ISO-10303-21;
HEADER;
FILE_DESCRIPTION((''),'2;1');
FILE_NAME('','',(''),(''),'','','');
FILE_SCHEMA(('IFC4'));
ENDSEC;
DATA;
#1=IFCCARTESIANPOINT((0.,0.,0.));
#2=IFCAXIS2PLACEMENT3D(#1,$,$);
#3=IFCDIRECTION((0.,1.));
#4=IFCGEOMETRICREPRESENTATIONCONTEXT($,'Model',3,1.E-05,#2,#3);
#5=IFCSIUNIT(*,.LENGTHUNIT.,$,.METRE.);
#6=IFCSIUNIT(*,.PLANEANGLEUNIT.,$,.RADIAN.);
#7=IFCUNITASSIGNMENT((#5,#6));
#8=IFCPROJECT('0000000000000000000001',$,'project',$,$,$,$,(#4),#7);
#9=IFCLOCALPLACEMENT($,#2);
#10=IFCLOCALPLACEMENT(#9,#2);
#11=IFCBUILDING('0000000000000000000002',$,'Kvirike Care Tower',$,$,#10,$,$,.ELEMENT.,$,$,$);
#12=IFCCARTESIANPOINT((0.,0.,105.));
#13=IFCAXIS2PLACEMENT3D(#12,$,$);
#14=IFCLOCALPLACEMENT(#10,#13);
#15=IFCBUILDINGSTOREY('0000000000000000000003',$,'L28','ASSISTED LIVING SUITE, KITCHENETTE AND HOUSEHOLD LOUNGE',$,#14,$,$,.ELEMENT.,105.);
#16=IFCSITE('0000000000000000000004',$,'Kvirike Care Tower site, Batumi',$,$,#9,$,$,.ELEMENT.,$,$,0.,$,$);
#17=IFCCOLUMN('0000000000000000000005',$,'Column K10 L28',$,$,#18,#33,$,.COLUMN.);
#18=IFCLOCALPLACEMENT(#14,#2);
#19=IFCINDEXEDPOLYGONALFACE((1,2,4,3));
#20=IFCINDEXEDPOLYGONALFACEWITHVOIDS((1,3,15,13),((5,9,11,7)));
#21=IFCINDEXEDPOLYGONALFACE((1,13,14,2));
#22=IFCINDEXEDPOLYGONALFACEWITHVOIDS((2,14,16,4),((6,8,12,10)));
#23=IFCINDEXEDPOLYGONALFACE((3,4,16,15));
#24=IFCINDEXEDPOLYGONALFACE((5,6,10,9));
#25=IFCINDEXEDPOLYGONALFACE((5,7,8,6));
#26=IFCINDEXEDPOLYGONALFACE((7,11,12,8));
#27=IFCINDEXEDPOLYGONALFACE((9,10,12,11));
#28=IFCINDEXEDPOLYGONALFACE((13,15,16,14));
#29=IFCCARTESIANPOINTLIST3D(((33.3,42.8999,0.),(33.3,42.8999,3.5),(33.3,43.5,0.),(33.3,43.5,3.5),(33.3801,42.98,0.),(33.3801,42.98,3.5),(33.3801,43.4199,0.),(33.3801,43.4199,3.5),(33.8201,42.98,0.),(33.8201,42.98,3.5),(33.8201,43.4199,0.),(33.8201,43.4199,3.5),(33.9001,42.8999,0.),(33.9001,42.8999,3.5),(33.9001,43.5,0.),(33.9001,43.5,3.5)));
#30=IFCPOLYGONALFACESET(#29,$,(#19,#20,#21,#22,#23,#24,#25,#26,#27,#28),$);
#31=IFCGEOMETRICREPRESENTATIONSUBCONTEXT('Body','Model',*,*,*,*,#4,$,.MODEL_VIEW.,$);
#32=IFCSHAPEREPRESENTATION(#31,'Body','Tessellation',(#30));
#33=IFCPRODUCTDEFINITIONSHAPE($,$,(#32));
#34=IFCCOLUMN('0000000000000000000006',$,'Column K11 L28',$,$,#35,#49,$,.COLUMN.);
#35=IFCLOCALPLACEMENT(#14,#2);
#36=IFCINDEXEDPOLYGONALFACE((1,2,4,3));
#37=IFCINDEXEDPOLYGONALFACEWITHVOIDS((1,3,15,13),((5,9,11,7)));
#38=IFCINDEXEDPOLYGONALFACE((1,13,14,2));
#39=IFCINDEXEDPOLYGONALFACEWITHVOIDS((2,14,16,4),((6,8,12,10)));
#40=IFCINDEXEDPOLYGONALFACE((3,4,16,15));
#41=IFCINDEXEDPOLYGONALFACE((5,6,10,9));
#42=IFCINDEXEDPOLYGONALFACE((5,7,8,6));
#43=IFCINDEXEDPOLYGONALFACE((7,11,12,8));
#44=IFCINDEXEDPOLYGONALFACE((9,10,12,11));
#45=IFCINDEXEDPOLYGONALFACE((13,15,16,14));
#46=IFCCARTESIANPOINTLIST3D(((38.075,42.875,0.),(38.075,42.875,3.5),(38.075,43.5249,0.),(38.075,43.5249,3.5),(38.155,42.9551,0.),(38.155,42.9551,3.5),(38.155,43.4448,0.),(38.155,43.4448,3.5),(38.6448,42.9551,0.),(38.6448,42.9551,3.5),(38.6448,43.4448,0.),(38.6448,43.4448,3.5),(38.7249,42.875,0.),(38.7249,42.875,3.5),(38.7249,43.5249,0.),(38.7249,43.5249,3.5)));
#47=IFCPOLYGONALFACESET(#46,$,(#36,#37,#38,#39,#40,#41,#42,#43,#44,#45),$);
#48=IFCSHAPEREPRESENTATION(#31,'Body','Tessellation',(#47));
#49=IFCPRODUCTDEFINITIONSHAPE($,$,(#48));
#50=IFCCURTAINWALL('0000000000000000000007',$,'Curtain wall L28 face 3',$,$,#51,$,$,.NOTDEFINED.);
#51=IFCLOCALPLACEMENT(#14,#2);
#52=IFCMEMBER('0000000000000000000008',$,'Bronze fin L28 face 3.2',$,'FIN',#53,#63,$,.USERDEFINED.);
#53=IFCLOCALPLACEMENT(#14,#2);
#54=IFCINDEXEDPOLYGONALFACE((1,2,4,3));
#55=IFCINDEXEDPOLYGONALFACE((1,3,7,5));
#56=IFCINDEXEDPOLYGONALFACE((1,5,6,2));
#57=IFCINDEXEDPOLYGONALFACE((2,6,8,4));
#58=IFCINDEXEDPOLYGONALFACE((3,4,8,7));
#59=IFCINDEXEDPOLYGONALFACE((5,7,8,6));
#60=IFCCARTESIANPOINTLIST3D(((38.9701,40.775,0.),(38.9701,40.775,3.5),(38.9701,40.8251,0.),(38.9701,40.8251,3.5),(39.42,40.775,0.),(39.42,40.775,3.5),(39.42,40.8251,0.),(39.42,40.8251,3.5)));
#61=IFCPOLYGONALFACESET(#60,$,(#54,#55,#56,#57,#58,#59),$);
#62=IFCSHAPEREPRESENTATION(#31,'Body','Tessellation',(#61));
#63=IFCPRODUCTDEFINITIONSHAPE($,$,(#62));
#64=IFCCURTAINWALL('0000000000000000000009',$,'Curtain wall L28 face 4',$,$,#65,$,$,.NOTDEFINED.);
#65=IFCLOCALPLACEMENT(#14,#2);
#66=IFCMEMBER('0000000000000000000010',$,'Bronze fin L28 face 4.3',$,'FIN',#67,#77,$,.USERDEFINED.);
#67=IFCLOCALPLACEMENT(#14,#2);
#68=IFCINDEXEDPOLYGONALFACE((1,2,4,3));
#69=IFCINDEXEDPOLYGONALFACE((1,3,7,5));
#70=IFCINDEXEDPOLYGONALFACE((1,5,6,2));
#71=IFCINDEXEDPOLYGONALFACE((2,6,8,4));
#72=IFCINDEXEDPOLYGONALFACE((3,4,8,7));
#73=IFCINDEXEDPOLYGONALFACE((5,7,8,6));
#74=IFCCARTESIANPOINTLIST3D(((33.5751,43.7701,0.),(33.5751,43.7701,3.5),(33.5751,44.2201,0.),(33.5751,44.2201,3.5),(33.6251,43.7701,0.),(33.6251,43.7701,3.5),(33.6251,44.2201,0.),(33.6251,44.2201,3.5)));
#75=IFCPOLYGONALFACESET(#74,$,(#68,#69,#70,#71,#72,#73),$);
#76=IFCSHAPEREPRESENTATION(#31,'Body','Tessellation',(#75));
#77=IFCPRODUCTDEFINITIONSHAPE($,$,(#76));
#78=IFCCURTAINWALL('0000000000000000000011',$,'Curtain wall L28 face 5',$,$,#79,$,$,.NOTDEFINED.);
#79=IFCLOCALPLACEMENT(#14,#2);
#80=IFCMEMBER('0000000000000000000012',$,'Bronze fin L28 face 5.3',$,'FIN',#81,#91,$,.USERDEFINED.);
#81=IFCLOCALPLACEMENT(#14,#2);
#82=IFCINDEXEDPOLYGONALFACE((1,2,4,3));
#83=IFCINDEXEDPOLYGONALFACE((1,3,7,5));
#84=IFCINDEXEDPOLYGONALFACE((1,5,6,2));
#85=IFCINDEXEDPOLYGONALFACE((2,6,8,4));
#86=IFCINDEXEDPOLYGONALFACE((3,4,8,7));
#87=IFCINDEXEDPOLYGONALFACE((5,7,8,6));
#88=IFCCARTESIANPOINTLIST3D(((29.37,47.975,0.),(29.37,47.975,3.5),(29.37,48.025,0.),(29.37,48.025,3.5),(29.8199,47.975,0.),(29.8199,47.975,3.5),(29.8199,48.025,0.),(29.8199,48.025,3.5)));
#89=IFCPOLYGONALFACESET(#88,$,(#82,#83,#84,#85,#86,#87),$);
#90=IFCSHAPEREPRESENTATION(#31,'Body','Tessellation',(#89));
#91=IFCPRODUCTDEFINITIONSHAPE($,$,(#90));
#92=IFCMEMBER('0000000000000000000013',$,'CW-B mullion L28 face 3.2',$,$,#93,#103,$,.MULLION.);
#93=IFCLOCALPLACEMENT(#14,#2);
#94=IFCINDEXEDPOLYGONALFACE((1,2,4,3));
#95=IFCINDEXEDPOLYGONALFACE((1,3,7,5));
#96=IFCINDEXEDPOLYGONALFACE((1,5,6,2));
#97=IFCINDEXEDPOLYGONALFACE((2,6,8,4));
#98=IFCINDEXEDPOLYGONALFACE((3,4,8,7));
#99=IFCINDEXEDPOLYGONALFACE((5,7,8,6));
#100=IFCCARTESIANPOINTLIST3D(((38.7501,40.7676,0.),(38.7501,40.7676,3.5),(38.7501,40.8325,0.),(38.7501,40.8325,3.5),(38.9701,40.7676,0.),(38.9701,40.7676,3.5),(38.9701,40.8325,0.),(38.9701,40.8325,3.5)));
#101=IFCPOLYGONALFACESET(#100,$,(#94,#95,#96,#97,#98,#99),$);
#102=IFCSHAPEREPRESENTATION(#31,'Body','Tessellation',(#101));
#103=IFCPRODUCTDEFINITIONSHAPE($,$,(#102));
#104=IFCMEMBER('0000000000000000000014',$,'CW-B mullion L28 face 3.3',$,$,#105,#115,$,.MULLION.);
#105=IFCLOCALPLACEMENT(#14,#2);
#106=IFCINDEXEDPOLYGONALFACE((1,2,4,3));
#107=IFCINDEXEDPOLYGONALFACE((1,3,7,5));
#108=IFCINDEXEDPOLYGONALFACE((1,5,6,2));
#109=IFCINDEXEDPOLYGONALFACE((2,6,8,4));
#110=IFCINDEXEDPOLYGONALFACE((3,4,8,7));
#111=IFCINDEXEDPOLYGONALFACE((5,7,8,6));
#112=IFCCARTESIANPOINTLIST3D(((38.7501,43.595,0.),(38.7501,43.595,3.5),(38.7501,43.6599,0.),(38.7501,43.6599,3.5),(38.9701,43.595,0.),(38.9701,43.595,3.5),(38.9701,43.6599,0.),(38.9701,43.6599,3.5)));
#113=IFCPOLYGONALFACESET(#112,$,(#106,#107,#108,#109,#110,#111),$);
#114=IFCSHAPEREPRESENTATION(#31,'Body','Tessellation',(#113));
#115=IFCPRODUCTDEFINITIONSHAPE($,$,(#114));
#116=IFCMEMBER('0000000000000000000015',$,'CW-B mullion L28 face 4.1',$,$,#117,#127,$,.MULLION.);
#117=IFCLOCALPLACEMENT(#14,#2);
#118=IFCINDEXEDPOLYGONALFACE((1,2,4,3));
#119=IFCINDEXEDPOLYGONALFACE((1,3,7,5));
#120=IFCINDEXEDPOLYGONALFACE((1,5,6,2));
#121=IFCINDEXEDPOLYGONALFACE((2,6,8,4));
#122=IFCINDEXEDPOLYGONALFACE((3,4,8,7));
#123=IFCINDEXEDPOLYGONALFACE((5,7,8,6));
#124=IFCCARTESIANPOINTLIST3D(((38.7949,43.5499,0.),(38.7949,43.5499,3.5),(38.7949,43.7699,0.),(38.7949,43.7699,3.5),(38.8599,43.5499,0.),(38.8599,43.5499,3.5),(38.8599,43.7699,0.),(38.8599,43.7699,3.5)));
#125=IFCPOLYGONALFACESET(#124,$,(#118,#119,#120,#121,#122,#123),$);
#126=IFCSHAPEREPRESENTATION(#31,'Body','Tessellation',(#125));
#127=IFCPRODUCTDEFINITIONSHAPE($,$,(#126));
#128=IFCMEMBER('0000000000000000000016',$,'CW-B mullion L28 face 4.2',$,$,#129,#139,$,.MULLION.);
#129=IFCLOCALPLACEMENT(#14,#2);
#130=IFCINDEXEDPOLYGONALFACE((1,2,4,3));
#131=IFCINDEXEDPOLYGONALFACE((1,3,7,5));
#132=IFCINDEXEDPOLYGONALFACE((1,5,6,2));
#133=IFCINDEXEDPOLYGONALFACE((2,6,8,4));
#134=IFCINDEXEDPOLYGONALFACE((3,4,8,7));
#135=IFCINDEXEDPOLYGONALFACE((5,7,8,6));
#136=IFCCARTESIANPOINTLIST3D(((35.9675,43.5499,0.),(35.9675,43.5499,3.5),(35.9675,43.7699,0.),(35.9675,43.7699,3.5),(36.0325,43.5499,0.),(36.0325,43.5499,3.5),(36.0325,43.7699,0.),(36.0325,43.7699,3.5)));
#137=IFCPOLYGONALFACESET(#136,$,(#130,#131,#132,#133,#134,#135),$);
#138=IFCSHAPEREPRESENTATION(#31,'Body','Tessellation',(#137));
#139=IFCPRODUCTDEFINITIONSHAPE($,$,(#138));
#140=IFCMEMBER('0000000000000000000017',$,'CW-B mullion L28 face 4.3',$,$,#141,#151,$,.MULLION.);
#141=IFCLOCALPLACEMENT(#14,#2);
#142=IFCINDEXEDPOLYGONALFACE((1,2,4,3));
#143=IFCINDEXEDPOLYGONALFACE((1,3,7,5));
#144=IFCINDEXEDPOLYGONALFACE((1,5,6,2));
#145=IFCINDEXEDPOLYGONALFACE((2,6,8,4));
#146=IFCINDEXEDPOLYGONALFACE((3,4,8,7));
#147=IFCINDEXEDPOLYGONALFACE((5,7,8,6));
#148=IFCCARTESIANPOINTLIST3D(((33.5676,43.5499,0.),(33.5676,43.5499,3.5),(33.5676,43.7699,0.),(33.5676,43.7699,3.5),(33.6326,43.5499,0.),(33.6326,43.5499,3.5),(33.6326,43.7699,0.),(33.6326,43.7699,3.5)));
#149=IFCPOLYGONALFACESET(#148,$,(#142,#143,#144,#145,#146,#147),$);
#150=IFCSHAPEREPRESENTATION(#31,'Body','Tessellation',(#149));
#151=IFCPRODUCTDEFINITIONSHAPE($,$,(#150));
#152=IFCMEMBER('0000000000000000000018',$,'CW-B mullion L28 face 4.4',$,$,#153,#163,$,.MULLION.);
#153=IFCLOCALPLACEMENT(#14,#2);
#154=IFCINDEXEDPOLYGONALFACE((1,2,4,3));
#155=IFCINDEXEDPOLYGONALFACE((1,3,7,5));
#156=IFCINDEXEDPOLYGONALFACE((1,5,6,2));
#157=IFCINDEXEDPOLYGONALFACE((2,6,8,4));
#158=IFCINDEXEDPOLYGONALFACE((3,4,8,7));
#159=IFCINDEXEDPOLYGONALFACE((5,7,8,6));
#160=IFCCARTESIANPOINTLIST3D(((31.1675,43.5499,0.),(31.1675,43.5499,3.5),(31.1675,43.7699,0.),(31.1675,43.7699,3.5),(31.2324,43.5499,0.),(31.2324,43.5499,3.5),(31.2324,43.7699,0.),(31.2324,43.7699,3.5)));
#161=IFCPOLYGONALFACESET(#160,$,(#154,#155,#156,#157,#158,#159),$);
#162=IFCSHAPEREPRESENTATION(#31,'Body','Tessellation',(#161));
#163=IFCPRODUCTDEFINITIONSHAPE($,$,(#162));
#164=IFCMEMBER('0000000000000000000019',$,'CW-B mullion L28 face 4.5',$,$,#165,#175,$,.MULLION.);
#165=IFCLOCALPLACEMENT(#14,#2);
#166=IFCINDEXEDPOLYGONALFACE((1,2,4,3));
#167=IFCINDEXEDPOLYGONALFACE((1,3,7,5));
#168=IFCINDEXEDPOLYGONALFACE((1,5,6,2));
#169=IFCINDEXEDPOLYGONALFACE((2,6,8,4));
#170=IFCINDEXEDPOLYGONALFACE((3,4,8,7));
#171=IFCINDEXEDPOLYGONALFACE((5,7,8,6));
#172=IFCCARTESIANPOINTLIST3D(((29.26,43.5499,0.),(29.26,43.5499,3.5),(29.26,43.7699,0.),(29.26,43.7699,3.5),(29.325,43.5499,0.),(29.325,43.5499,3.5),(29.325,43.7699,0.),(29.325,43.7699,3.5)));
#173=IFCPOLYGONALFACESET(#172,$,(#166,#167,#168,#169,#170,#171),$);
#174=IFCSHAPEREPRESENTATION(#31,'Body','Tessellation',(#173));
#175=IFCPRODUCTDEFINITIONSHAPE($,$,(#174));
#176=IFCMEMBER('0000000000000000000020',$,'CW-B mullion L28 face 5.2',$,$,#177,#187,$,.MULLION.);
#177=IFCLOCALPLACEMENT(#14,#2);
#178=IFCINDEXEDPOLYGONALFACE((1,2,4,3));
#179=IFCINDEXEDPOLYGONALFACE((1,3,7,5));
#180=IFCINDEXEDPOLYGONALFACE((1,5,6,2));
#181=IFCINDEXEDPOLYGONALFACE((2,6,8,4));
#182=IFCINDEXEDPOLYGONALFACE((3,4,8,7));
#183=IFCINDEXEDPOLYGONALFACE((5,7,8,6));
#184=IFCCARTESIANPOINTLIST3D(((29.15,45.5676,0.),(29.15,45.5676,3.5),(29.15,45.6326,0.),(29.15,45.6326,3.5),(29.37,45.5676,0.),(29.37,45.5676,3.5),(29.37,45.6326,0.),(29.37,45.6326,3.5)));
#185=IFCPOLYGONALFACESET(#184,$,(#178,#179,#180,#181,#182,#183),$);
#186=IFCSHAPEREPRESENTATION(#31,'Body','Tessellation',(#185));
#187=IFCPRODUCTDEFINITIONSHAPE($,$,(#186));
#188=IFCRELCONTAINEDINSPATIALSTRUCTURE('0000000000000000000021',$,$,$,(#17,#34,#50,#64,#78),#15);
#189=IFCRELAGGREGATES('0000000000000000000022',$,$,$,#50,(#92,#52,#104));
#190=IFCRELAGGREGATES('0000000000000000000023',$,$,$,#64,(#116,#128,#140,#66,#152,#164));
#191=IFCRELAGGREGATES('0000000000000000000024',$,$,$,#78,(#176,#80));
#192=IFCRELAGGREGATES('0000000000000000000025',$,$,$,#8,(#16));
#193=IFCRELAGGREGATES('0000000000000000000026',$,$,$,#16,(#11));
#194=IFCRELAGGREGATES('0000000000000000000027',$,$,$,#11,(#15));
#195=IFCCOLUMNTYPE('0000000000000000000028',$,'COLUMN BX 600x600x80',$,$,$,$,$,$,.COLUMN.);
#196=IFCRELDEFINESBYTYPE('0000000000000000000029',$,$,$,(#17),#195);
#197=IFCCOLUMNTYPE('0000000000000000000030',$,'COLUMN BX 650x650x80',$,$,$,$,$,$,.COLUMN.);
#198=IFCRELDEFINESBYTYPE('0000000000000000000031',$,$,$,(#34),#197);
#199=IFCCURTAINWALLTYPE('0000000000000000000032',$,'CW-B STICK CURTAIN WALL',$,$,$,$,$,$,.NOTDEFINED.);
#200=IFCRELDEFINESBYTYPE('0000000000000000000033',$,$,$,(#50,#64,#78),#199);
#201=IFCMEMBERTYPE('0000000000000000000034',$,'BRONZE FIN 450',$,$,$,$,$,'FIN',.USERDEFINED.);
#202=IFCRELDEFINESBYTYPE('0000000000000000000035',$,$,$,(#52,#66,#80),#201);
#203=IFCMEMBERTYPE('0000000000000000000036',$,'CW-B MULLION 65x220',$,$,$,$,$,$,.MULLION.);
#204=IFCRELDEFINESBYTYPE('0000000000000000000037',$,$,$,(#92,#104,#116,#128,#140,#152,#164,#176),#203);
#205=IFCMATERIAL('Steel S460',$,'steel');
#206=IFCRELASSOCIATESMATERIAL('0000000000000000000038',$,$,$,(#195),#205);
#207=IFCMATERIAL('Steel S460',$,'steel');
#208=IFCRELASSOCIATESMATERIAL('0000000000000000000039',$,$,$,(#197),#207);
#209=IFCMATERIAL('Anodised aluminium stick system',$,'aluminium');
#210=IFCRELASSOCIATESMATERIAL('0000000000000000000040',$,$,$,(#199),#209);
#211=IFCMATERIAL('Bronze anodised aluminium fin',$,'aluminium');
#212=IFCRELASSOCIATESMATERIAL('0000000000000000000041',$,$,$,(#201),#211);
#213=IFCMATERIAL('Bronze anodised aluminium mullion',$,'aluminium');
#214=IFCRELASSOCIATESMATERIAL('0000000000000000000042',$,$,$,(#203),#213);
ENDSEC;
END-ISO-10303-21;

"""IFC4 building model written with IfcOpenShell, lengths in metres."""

from ifc_helpers import new_model, si_unit, direction, frame, origin, origin_2d, place, context, subcontext, project, spatial, rectangle, hollow_rectangle, extrude, material, material_profile, profile_set, type_object, element, aggregate, save


model = new_model("IFC4")

# Units and contexts
model_context = context("Model", 3, precision=1e-05, world=origin(), true_north=direction((0.0, 1.0)))
body_context = subcontext(model_context, "Body", "Model", "MODEL_VIEW")
ifc_project = project(units=[si_unit("LENGTHUNIT", "METRE"), si_unit("PLANEANGLEUNIT", "RADIAN")], contexts=[model_context])

# Site, building, storey
site_placement = place(None, origin())
site = spatial("IfcSite", under=ifc_project, at=site_placement, Name="Kvirike Care Tower site, Batumi", CompositionType="ELEMENT", RefElevation=0.0)
building_placement = place(site_placement, origin())
building = spatial("IfcBuilding", under=site, at=building_placement, Name="Kvirike Care Tower", CompositionType="ELEMENT")
storey_placement = place(building_placement, frame((0.0, 0.0, 105.0)))
storey = spatial("IfcBuildingStorey", under=building, at=storey_placement, Name="L28", Description="ASSISTED LIVING SUITE, KITCHENETTE AND HOUSEHOLD LOUNGE", CompositionType="ELEMENT", Elevation=105.0)

# Columns
ifc_material_1 = material(Name="Steel S460", Category="steel")
ifc_material_profile_1 = material_profile(ifc_material_1, hollow_rectangle(XDim=0.6001, YDim=0.6001, WallThickness=0.0801, at=origin_2d()), Name="BX 600x600x80")
ifc_profile_set_1 = profile_set([ifc_material_profile_1], Name="Steel S460")
column_type_1 = type_object("IfcColumnType", Name="COLUMN BX 600x600x80", PredefinedType="COLUMN", material=ifc_profile_set_1)
column_1_placement = place(storey_placement, frame((33.6001, 43.2, 0.0), z_axis=(0.0, 0.0, 1.0), x_axis=(0.0, 1.0, 0.0)))
element("IfcColumn", 1, at=column_1_placement, inside=storey, type_object=column_type_1, Name="Column K10 L28", PredefinedType="COLUMN", context=body_context, shape_type="SweptSolid", body=[
    extrude(hollow_rectangle(XDim=0.6001, YDim=0.6001, WallThickness=0.0801, at=origin_2d()), origin(), (0.0, 0.0, 1.0), 3.5),
])
ifc_material_2 = material(Name="Steel S460", Category="steel")
ifc_material_profile_2 = material_profile(ifc_material_2, hollow_rectangle(XDim=0.6499, YDim=0.6499, WallThickness=0.0801, at=origin_2d()), Name="BX 650x650x80")
ifc_profile_set_2 = profile_set([ifc_material_profile_2], Name="Steel S460")
column_type_2 = type_object("IfcColumnType", Name="COLUMN BX 650x650x80", PredefinedType="COLUMN", material=ifc_profile_set_2)
column_2_placement = place(storey_placement, frame((38.3999, 43.2, 0.0), z_axis=(0.0, 0.0, 1.0), x_axis=(0.0, 1.0, 0.0)))
element("IfcColumn", 2, at=column_2_placement, inside=storey, type_object=column_type_2, Name="Column K11 L28", PredefinedType="COLUMN", context=body_context, shape_type="SweptSolid", body=[
    extrude(hollow_rectangle(XDim=0.6499, YDim=0.6499, WallThickness=0.0801, at=origin_2d()), origin(), (0.0, 0.0, 1.0), 3.5),
])

# Curtain walls, members
ifc_material_3 = material(Name="Anodised aluminium stick system", Category="aluminium")
curtain_wall_type = type_object("IfcCurtainWallType", Name="CW-B STICK CURTAIN WALL", PredefinedType="NOTDEFINED", material=ifc_material_3)
curtain_wall_1_placement = place(storey_placement, origin())
curtain_wall_1 = element("IfcCurtainWall", 3, at=curtain_wall_1_placement, inside=storey, type_object=curtain_wall_type, Name="Curtain wall L28 face 3", PredefinedType="NOTDEFINED")
ifc_material_4 = material(Name="Bronze anodised aluminium fin", Category="aluminium")
ifc_material_profile_3 = material_profile(ifc_material_4, rectangle(XDim=0.05, YDim=0.45, at=origin_2d()), Name="BRONZE FIN 450")
ifc_profile_set_3 = profile_set([ifc_material_profile_3], Name="Bronze anodised aluminium fin")
member_type_1 = type_object("IfcMemberType", Name="BRONZE FIN 450", ElementType="FIN", PredefinedType="USERDEFINED", material=ifc_profile_set_3)
member_1_placement = place(storey_placement, frame((39.1951, 40.8, 0.0), z_axis=(0.0, 0.0, 1.0), x_axis=(0.0, 1.0, 0.0)))
member_1 = element("IfcMember", 4, at=member_1_placement, type_object=member_type_1, Name="Bronze fin L28 face 3.2", ObjectType="FIN", PredefinedType="USERDEFINED", context=body_context, shape_type="SweptSolid", body=[
    extrude(rectangle(XDim=0.05, YDim=0.45, at=origin_2d()), origin(), (0.0, 0.0, 1.0), 3.5),
])
curtain_wall_2_placement = place(storey_placement, origin())
curtain_wall_2 = element("IfcCurtainWall", 5, at=curtain_wall_2_placement, inside=storey, type_object=curtain_wall_type, Name="Curtain wall L28 face 4", PredefinedType="NOTDEFINED")
member_2_placement = place(storey_placement, frame((33.6001, 43.9951, 0.0), z_axis=(0.0, 0.0, 1.0), x_axis=(-1.0, 0.0, 0.0)))
member_2 = element("IfcMember", 6, at=member_2_placement, type_object=member_type_1, Name="Bronze fin L28 face 4.3", ObjectType="FIN", PredefinedType="USERDEFINED", context=body_context, shape_type="SweptSolid", body=[
    extrude(rectangle(XDim=0.05, YDim=0.45, at=origin_2d()), origin(), (0.0, 0.0, 1.0), 3.5),
])
curtain_wall_3_placement = place(storey_placement, origin())
curtain_wall_3 = element("IfcCurtainWall", 7, at=curtain_wall_3_placement, inside=storey, type_object=curtain_wall_type, Name="Curtain wall L28 face 5", PredefinedType="NOTDEFINED")
member_3_placement = place(storey_placement, frame((29.595, 48.0, 0.0), z_axis=(0.0, 0.0, 1.0), x_axis=(0.0, 1.0, 0.0)))
member_3 = element("IfcMember", 8, at=member_3_placement, type_object=member_type_1, Name="Bronze fin L28 face 5.3", ObjectType="FIN", PredefinedType="USERDEFINED", context=body_context, shape_type="SweptSolid", body=[
    extrude(rectangle(XDim=0.05, YDim=0.45, at=origin_2d()), origin(), (0.0, 0.0, 1.0), 3.5),
])

# Members
ifc_material_5 = material(Name="Bronze anodised aluminium mullion", Category="aluminium")
ifc_material_profile_4 = material_profile(ifc_material_5, rectangle(XDim=0.0649, YDim=0.22, at=origin_2d()), Name="CW-B MULLION 65x220")
ifc_profile_set_4 = profile_set([ifc_material_profile_4], Name="Bronze anodised aluminium mullion")
member_type_2 = type_object("IfcMemberType", Name="CW-B MULLION 65x220", PredefinedType="MULLION", material=ifc_profile_set_4)
member_4_placement = place(storey_placement, frame((38.8601, 40.8, 0.0), z_axis=(0.0, 0.0, 1.0), x_axis=(0.0, 1.0, 0.0)))
member_4 = element("IfcMember", 9, at=member_4_placement, type_object=member_type_2, Name="CW-B mullion L28 face 3.2", PredefinedType="MULLION", context=body_context, shape_type="SweptSolid", body=[
    extrude(rectangle(XDim=0.0649, YDim=0.22, at=origin_2d()), origin(), (0.0, 0.0, 1.0), 3.5),
])
member_5_placement = place(storey_placement, frame((38.8601, 43.6274, 0.0), z_axis=(0.0, 0.0, 1.0), x_axis=(0.0, 1.0, 0.0)))
member_5 = element("IfcMember", 10, at=member_5_placement, type_object=member_type_2, Name="CW-B mullion L28 face 3.3", PredefinedType="MULLION", context=body_context, shape_type="SweptSolid", body=[
    extrude(rectangle(XDim=0.0649, YDim=0.22, at=origin_2d()), origin(), (0.0, 0.0, 1.0), 3.5),
])
member_6_placement = place(storey_placement, frame((38.8274, 43.6599, 0.0), z_axis=(0.0, 0.0, 1.0), x_axis=(-1.0, 0.0, 0.0)))
member_6 = element("IfcMember", 11, at=member_6_placement, type_object=member_type_2, Name="CW-B mullion L28 face 4.1", PredefinedType="MULLION", context=body_context, shape_type="SweptSolid", body=[
    extrude(rectangle(XDim=0.0649, YDim=0.22, at=origin_2d()), origin(), (0.0, 0.0, 1.0), 3.5),
])
member_7_placement = place(storey_placement, frame((36.0, 43.6599, 0.0), z_axis=(0.0, 0.0, 1.0), x_axis=(-1.0, 0.0, 0.0)))
member_7 = element("IfcMember", 12, at=member_7_placement, type_object=member_type_2, Name="CW-B mullion L28 face 4.2", PredefinedType="MULLION", context=body_context, shape_type="SweptSolid", body=[
    extrude(rectangle(XDim=0.0649, YDim=0.22, at=origin_2d()), origin(), (0.0, 0.0, 1.0), 3.5),
])
member_8_placement = place(storey_placement, frame((33.6001, 43.6599, 0.0), z_axis=(0.0, 0.0, 1.0), x_axis=(-1.0, 0.0, 0.0)))
member_8 = element("IfcMember", 13, at=member_8_placement, type_object=member_type_2, Name="CW-B mullion L28 face 4.3", PredefinedType="MULLION", context=body_context, shape_type="SweptSolid", body=[
    extrude(rectangle(XDim=0.0649, YDim=0.22, at=origin_2d()), origin(), (0.0, 0.0, 1.0), 3.5),
])
member_9_placement = place(storey_placement, frame((31.2, 43.6599, 0.0), z_axis=(0.0, 0.0, 1.0), x_axis=(-1.0, 0.0, 0.0)))
member_9 = element("IfcMember", 14, at=member_9_placement, type_object=member_type_2, Name="CW-B mullion L28 face 4.4", PredefinedType="MULLION", context=body_context, shape_type="SweptSolid", body=[
    extrude(rectangle(XDim=0.0649, YDim=0.22, at=origin_2d()), origin(), (0.0, 0.0, 1.0), 3.5),
])
member_10_placement = place(storey_placement, frame((29.2925, 43.6599, 0.0), z_axis=(0.0, 0.0, 1.0), x_axis=(-1.0, 0.0, 0.0)))
member_10 = element("IfcMember", 15, at=member_10_placement, type_object=member_type_2, Name="CW-B mullion L28 face 4.5", PredefinedType="MULLION", context=body_context, shape_type="SweptSolid", body=[
    extrude(rectangle(XDim=0.0649, YDim=0.22, at=origin_2d()), origin(), (0.0, 0.0, 1.0), 3.5),
])
member_11_placement = place(storey_placement, frame((29.26, 45.6001, 0.0), z_axis=(0.0, 0.0, 1.0), x_axis=(0.0, 1.0, 0.0)))
member_11 = element("IfcMember", 16, at=member_11_placement, type_object=member_type_2, Name="CW-B mullion L28 face 5.2", PredefinedType="MULLION", context=body_context, shape_type="SweptSolid", body=[
    extrude(rectangle(XDim=0.0649, YDim=0.22, at=origin_2d()), origin(), (0.0, 0.0, 1.0), 3.5),
])

aggregate(curtain_wall_1, [member_4, member_1, member_5])
aggregate(curtain_wall_2, [member_6, member_7, member_8, member_2, member_9, member_10])
aggregate(curtain_wall_3, [member_11, member_3])

save(model, "model.ifc")
